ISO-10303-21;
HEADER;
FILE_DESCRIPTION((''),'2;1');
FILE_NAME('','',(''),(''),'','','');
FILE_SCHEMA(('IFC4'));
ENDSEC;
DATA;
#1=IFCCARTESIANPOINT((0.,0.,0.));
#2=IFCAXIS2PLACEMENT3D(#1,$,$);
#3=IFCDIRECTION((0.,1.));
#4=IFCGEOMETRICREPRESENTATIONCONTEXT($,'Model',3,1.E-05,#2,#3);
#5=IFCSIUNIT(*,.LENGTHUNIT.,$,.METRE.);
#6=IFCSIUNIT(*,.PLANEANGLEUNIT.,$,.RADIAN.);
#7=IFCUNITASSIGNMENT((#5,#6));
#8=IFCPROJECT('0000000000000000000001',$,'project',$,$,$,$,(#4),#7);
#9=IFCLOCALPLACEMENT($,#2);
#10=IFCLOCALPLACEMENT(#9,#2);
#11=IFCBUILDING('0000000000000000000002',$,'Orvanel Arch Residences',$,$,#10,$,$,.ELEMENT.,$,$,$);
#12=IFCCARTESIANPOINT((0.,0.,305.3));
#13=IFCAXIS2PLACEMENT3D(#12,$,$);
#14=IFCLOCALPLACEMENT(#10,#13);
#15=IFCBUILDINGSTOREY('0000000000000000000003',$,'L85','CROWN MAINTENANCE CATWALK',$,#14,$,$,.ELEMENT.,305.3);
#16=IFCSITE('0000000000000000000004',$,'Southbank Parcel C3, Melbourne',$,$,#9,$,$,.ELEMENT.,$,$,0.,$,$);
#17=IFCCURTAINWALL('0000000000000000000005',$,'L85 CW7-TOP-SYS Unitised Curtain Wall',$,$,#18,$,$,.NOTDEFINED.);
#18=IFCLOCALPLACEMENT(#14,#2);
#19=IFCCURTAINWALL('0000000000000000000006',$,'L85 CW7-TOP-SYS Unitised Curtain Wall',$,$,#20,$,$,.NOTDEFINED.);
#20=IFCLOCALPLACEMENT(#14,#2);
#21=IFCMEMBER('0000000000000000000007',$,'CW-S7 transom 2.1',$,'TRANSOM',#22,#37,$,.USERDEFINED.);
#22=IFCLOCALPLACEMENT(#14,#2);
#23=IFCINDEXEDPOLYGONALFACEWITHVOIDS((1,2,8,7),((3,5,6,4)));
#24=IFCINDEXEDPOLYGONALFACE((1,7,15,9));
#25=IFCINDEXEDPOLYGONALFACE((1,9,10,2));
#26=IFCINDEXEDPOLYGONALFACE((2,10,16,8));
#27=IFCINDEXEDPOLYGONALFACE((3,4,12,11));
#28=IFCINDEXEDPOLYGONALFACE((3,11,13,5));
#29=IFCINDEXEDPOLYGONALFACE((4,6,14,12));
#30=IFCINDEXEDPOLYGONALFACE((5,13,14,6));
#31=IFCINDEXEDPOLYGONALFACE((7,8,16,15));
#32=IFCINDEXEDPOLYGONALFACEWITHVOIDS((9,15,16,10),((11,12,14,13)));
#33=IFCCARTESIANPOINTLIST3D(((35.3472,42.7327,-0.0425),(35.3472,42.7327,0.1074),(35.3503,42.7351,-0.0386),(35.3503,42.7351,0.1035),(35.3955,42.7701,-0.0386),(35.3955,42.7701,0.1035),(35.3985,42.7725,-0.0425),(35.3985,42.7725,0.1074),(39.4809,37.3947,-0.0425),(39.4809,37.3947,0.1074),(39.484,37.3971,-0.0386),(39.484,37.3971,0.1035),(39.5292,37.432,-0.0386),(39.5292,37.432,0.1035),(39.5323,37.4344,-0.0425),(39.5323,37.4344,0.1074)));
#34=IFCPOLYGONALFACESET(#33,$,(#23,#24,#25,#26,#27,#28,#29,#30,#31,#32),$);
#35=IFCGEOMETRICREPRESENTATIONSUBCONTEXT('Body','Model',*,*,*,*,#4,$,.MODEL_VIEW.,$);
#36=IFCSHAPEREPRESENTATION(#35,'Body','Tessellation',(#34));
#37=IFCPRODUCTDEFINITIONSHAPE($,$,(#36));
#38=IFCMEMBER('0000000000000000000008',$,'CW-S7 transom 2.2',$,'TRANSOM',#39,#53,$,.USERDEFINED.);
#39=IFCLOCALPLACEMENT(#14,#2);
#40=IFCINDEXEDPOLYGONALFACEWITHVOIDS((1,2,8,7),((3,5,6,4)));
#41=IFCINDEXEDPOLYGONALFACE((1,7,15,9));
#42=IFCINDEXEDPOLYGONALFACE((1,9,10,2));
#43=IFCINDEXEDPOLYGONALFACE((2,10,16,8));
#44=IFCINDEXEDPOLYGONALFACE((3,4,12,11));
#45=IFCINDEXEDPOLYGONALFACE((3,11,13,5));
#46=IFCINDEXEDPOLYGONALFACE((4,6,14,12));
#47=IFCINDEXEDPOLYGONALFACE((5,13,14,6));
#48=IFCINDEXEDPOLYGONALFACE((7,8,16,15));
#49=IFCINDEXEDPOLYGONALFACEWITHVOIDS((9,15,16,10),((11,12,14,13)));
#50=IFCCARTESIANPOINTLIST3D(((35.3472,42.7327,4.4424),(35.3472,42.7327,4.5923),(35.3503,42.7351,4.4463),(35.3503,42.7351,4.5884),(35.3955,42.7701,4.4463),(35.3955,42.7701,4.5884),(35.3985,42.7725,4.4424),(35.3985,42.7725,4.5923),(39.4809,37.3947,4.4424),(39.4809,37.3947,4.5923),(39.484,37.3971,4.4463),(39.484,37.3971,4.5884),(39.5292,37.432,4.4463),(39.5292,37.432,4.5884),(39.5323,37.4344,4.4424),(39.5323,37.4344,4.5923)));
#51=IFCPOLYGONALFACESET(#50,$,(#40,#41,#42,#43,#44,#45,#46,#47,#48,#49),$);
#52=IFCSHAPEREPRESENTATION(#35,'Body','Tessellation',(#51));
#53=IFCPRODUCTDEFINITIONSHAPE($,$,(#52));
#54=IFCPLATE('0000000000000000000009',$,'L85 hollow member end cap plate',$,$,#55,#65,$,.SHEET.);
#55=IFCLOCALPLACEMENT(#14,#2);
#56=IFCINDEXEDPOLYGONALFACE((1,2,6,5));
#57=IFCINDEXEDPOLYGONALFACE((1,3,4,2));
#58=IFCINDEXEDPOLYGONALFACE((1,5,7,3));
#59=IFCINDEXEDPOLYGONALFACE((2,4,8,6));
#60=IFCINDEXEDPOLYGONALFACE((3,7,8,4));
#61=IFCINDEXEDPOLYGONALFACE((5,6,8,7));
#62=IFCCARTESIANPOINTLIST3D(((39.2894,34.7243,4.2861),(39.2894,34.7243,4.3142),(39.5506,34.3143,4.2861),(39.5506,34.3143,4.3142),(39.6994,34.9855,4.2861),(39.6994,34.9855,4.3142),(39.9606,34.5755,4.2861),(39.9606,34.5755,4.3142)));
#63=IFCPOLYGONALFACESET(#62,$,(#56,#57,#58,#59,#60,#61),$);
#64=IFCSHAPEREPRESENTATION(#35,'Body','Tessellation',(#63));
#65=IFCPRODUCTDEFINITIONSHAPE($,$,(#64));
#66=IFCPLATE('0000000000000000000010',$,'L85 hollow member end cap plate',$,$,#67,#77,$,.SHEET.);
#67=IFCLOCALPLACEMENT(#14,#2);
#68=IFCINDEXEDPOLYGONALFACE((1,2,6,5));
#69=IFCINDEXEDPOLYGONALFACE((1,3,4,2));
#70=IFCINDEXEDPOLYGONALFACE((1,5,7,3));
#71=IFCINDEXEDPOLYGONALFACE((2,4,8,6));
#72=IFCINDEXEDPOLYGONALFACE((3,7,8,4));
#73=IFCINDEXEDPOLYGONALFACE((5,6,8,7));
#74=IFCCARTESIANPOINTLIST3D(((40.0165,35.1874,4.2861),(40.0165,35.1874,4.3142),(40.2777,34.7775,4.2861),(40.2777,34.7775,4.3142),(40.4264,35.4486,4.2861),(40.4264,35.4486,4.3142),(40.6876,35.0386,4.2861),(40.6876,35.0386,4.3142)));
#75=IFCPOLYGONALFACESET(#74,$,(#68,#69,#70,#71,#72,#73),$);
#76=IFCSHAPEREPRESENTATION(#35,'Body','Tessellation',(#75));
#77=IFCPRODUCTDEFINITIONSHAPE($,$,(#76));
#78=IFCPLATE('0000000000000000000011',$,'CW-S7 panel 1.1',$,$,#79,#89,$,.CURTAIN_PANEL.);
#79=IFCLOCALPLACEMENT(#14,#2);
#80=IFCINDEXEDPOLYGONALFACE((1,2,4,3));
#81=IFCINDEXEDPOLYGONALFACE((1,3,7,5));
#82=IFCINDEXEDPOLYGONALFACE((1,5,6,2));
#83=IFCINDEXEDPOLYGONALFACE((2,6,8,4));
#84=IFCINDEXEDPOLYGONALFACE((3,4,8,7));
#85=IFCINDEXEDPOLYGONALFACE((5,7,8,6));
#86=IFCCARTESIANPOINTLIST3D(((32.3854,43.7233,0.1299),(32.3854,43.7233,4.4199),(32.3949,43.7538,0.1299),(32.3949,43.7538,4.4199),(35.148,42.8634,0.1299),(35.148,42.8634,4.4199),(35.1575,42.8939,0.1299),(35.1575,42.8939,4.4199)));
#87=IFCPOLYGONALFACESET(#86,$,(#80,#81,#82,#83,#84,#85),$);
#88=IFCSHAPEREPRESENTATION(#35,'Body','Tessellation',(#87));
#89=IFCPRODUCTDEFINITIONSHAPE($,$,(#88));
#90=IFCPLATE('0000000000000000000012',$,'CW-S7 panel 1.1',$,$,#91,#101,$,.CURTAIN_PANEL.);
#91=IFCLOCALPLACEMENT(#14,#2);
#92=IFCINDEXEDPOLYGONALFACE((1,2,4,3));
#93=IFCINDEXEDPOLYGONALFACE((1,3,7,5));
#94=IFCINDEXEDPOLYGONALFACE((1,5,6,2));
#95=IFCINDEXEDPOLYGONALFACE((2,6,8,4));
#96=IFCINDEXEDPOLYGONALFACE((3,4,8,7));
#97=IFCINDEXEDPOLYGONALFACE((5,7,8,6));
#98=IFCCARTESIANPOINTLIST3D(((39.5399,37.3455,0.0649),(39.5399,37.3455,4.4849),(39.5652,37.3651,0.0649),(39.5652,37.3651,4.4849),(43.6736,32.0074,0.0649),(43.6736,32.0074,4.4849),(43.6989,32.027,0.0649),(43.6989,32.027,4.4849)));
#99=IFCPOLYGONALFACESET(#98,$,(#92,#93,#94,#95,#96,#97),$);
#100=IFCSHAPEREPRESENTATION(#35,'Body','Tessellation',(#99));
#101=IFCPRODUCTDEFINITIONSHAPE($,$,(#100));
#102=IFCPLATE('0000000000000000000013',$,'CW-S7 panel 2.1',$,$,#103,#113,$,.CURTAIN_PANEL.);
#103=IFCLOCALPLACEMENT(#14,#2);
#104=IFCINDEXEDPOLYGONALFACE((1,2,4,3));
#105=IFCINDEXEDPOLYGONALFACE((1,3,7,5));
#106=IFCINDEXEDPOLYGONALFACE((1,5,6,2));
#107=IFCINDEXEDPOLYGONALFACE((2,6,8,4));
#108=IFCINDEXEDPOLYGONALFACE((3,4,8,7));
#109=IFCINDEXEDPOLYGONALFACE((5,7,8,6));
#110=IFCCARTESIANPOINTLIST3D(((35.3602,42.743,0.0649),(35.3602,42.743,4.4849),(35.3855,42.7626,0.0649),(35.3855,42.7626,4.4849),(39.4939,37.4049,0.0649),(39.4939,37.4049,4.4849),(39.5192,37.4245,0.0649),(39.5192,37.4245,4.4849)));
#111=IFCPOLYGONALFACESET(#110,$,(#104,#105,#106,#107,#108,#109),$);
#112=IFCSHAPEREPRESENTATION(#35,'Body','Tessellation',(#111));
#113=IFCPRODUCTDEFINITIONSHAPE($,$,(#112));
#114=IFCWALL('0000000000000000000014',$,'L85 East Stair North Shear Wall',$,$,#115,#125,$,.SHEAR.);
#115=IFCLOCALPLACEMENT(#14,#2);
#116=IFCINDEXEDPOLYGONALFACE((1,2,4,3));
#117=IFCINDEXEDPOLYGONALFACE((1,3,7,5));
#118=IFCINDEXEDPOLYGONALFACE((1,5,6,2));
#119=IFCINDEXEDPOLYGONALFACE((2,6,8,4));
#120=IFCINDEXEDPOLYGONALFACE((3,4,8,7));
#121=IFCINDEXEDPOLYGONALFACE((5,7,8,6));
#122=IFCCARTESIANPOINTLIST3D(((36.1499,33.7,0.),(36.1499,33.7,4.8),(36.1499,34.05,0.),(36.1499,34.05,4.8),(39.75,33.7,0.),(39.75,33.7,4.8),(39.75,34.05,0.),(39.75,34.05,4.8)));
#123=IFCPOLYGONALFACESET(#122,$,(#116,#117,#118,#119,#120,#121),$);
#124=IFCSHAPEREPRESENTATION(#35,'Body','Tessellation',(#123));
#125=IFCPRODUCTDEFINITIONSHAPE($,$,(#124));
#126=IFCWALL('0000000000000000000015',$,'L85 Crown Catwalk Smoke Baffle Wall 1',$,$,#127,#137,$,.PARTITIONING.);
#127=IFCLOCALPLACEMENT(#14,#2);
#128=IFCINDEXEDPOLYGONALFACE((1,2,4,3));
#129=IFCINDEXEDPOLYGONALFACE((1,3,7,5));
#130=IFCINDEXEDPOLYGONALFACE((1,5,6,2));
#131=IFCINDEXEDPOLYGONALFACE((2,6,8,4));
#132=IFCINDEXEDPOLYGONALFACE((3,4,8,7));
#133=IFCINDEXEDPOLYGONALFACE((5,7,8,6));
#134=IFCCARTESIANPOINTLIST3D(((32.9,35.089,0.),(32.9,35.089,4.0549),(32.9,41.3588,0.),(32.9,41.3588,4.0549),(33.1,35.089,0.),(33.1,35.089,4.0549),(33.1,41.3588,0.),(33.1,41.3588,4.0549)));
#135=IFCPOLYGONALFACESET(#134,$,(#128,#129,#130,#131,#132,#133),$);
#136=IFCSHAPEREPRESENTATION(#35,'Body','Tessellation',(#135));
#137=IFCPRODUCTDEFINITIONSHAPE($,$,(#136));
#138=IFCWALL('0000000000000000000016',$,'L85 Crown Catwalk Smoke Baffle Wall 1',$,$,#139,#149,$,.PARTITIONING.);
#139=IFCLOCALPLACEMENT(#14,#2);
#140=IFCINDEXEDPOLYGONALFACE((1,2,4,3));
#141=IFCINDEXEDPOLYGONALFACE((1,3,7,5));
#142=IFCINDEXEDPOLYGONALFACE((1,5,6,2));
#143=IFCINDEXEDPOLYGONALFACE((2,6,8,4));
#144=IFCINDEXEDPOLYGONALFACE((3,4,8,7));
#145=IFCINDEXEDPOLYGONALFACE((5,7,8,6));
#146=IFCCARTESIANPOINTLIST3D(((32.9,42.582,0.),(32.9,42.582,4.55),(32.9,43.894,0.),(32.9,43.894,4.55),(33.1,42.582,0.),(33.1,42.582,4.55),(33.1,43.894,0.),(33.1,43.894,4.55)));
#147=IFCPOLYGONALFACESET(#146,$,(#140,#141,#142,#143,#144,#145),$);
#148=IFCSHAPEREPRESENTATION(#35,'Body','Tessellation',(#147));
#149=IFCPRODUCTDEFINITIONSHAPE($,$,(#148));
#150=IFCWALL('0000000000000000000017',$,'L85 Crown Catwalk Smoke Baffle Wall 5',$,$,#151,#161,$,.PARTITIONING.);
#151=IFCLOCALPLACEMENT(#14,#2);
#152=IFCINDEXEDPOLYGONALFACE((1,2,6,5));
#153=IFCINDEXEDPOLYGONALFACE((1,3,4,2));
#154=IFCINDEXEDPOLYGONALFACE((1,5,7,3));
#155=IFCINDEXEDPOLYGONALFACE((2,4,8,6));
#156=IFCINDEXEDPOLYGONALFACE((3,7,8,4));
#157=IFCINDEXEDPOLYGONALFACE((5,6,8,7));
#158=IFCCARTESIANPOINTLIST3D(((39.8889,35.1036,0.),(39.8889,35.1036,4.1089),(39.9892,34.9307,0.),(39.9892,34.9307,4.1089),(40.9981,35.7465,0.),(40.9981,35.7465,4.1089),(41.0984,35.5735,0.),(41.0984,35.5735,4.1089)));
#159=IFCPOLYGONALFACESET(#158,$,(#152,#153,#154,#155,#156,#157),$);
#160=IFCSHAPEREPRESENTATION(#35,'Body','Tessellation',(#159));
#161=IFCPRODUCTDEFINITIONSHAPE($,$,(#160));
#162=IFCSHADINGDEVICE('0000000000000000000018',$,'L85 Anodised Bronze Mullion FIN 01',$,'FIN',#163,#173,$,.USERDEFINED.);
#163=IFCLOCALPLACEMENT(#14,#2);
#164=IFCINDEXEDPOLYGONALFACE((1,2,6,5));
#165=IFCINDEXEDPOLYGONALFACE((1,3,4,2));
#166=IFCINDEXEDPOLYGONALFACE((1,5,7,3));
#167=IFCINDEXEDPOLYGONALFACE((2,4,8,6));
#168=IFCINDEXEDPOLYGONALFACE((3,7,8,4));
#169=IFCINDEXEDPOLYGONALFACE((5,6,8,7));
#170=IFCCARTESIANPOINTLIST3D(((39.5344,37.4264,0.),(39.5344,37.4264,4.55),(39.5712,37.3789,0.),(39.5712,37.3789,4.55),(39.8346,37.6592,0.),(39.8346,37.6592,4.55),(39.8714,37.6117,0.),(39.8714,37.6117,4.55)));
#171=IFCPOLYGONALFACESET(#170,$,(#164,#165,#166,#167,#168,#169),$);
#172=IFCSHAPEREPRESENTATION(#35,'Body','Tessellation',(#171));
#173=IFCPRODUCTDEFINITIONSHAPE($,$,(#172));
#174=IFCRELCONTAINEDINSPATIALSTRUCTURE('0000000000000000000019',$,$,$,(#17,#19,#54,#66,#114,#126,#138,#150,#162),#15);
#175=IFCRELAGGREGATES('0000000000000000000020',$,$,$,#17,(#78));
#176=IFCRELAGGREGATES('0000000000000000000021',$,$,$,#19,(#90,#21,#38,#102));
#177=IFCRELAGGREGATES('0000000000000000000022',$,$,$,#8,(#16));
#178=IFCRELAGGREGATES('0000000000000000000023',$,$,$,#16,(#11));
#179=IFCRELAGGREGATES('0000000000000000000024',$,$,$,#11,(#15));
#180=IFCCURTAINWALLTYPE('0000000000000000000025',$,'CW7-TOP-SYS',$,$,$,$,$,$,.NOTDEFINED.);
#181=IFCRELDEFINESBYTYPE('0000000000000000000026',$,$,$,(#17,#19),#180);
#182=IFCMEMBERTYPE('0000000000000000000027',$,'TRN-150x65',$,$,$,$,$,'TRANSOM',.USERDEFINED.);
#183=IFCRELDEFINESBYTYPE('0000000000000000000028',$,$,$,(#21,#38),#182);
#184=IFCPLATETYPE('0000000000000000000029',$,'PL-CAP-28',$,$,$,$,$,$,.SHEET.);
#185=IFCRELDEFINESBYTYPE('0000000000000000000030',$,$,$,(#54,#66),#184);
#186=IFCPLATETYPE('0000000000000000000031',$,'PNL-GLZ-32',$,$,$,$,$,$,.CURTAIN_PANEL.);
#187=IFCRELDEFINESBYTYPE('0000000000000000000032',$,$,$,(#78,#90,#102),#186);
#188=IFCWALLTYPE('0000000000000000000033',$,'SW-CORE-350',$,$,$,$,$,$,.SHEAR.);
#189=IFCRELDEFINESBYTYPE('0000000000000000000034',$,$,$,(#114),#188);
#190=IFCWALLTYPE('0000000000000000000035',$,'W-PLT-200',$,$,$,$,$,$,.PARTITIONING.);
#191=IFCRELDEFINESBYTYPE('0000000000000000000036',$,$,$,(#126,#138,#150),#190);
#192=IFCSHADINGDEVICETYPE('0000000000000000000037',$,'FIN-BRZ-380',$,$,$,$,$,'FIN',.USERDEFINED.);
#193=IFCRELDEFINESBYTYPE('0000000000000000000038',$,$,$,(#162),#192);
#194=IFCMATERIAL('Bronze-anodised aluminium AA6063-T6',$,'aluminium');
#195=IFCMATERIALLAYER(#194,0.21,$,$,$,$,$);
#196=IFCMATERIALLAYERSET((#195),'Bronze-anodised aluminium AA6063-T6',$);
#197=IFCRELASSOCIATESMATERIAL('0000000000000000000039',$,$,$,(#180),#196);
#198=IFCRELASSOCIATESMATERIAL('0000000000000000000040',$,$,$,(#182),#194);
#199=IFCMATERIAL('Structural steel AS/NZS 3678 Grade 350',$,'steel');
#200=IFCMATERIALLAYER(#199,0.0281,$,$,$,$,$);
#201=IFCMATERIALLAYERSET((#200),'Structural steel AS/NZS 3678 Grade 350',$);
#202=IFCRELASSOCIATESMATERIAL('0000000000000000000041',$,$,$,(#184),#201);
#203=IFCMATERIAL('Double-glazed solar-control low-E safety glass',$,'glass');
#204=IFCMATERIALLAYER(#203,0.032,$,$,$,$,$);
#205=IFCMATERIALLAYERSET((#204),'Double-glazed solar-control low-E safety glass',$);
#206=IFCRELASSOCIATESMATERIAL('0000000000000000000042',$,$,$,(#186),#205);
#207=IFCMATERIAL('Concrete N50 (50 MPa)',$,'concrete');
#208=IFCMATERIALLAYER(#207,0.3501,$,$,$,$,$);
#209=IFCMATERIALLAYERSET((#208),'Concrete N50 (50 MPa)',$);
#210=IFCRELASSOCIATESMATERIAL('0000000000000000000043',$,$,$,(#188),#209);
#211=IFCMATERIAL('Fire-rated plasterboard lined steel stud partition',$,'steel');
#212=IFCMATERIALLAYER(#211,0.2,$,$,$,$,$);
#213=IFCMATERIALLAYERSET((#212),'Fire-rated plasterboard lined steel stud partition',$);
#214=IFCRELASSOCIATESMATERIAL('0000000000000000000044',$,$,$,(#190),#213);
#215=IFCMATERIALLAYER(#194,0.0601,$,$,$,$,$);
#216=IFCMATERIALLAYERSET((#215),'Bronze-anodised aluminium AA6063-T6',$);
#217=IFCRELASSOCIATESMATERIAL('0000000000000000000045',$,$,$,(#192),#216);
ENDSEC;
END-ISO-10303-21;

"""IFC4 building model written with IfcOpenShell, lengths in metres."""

from ifc_helpers import new_model, si_unit, direction, frame, frame_2d, origin, origin_2d, place, context, subcontext, project, spatial, rectangle, hollow_rectangle, extrude, material, layer, layer_set, material_profile, profile_set, type_object, element, aggregate, save


model = new_model("IFC4")

# Units and contexts
model_context = context("Model", 3, precision=1e-05, world=origin(), true_north=direction((0.0, 1.0)))
body_context = subcontext(model_context, "Body", "Model", "MODEL_VIEW")
ifc_project = project(units=[si_unit("LENGTHUNIT", "METRE"), si_unit("PLANEANGLEUNIT", "RADIAN")], contexts=[model_context])

# Site, building, storey
site_placement = place(None, origin())
site = spatial("IfcSite", under=ifc_project, at=site_placement, Name="Southbank Parcel C3, Melbourne", CompositionType="ELEMENT", RefElevation=0.0)
building_placement = place(site_placement, origin())
building = spatial("IfcBuilding", under=site, at=building_placement, Name="Orvanel Arch Residences", CompositionType="ELEMENT")
storey_placement = place(building_placement, frame((0.0, 0.0, 305.3)))
storey = spatial("IfcBuildingStorey", under=building, at=storey_placement, Name="L85", Description="CROWN MAINTENANCE CATWALK", CompositionType="ELEMENT", Elevation=305.3)

# Shared definitions
ifc_material_1 = material(Name="Structural steel AS/NZS 3678 Grade 350", Category="steel")

# Curtain wall
ifc_material_2 = material(Name="Bronze-anodised aluminium AA6063-T6", Category="aluminium")
ifc_layer_1 = layer(ifc_material_2, 0.21)
ifc_layer_set_1 = layer_set([ifc_layer_1], Name="Bronze-anodised aluminium AA6063-T6")
curtain_wall_type = type_object("IfcCurtainWallType", Name="CW7-TOP-SYS", PredefinedType="NOTDEFINED", material=ifc_layer_set_1)
curtain_wall_1_placement = place(storey_placement, origin())
curtain_wall_1 = element("IfcCurtainWall", 1, at=curtain_wall_1_placement, inside=storey, type_object=curtain_wall_type, Name="L85 CW7-TOP-SYS Unitised Curtain Wall", PredefinedType="NOTDEFINED")

# Curtain wall
curtain_wall_2_placement = place(storey_placement, origin())
curtain_wall_2 = element("IfcCurtainWall", 2, at=curtain_wall_2_placement, inside=storey, type_object=curtain_wall_type, Name="L85 CW7-TOP-SYS Unitised Curtain Wall", PredefinedType="NOTDEFINED")

# Members
ifc_material_profile_1 = material_profile(ifc_material_2, hollow_rectangle(XDim=0.0649, YDim=0.1499, WallThickness=0.0039, at=origin_2d()), Name="ALU150x65x4")
ifc_profile_set_1 = profile_set([ifc_material_profile_1], Name="Bronze-anodised aluminium AA6063-T6")
member_type_1 = type_object("IfcMemberType", Name="TRN-150x65", ElementType="TRANSOM", PredefinedType="USERDEFINED", material=ifc_profile_set_1)
member_1_placement = place(storey_placement, frame((39.5066, 37.4146, 0.0325), z_axis=(-0.612269, 0.790649, 0.0), x_axis=(-0.790649, -0.612269, 0.0)))
member_1 = element("IfcMember", 3, at=member_1_placement, type_object=member_type_1, Name="CW-S7 transom 2.1", ObjectType="TRANSOM", PredefinedType="USERDEFINED", context=body_context, shape_type="SweptSolid", body=[
    extrude(hollow_rectangle(XDim=0.0649, YDim=0.1499, WallThickness=0.0039, at=origin_2d()), origin(), (0.0, 0.0, 1.0), 6.7515),
])
member_2_placement = place(storey_placement, frame((39.5066, 37.4146, 4.5173), z_axis=(-0.612269, 0.790649, 0.0), x_axis=(-0.790649, -0.612269, 0.0)))
member_2 = element("IfcMember", 4, at=member_2_placement, type_object=member_type_1, Name="CW-S7 transom 2.2", ObjectType="TRANSOM", PredefinedType="USERDEFINED", context=body_context, shape_type="SweptSolid", body=[
    extrude(hollow_rectangle(XDim=0.0649, YDim=0.1499, WallThickness=0.0039, at=origin_2d()), origin(), (0.0, 0.0, 1.0), 6.7515),
])

# Plates
ifc_layer_2 = layer(ifc_material_1, 0.0281)
ifc_layer_set_2 = layer_set([ifc_layer_2], Name="Structural steel AS/NZS 3678 Grade 350")
plate_type_1 = type_object("IfcPlateType", Name="PL-CAP-28", PredefinedType="SHEET", material=ifc_layer_set_2)
for number, where, z_axis, x_axis, name in (
    (5, (39.625, 34.6499, 4.2861), (0.0, 0.0, 1.0), (0.843391, 0.5373, 0.0), "L85 hollow member end cap plate"),
    (6, (40.3521, 35.113, 4.2861), (0.0, 0.0, 1.0), (0.843391, 0.5373, 0.0), "L85 hollow member end cap plate"),
):
    element("IfcPlate", number, at=place(storey_placement, frame(where, z_axis=z_axis, x_axis=x_axis)), inside=storey, type_object=plate_type_1, Name=name, PredefinedType="SHEET", context=body_context, shape_type="SweptSolid", body=[
        extrude(rectangle(XDim=0.4861, YDim=0.4861, at=origin_2d()), origin(), (0.0, 0.0, 1.0), 0.0281),
    ])

# Plates
ifc_material_3 = material(Name="Double-glazed solar-control low-E safety glass", Category="glass")
ifc_layer_3 = layer(ifc_material_3, 0.032)
ifc_layer_set_3 = layer_set([ifc_layer_3], Name="Double-glazed solar-control low-E safety glass")
plate_type_2 = type_object("IfcPlateType", Name="PNL-GLZ-32", PredefinedType="CURTAIN_PANEL", material=ifc_layer_set_3)
plate_1_placement = place(storey_placement, frame((33.7715, 43.3086, 0.1299), z_axis=(0.0, 0.0, 1.0), x_axis=(-0.954819, 0.297187, 0.0)))
plate_1 = element("IfcPlate", 7, at=plate_1_placement, type_object=plate_type_2, Name="CW-S7 panel 1.1", PredefinedType="CURTAIN_PANEL", context=body_context, shape_type="SweptSolid", body=[
    extrude(rectangle(XDim=2.8933, YDim=0.032, at=origin_2d()), origin(), (0.0, 0.0, 1.0), 4.29),
])
aggregate(curtain_wall_1, [plate_1])
plate_2_placement = place(storey_placement, frame((41.6194, 34.6863, 0.0649), z_axis=(0.0, 0.0, 1.0), x_axis=(-0.61226, 0.790657, 0.0)))
plate_2 = element("IfcPlate", 8, at=plate_2_placement, type_object=plate_type_2, Name="CW-S7 panel 1.1", PredefinedType="CURTAIN_PANEL", context=body_context, shape_type="SweptSolid", body=[
    extrude(rectangle(XDim=6.7515, YDim=0.032, at=origin_2d()), origin(), (0.0, 0.0, 1.0), 4.4199),
])
plate_3_placement = place(storey_placement, frame((37.4397, 40.0837, 0.0649), z_axis=(0.0, 0.0, 1.0), x_axis=(-0.61226, 0.790657, 0.0)))
plate_3 = element("IfcPlate", 9, at=plate_3_placement, type_object=plate_type_2, Name="CW-S7 panel 2.1", PredefinedType="CURTAIN_PANEL", context=body_context, shape_type="SweptSolid", body=[
    extrude(rectangle(XDim=6.7515, YDim=0.032, at=origin_2d()), origin(), (0.0, 0.0, 1.0), 4.4199),
])
aggregate(curtain_wall_2, [plate_2, member_1, member_2, plate_3])

# Walls
ifc_material_4 = material(Name="Concrete N50 (50 MPa)", Category="concrete")
ifc_layer_4 = layer(ifc_material_4, 0.3501)
ifc_layer_set_4 = layer_set([ifc_layer_4], Name="Concrete N50 (50 MPa)")
wall_type_1 = type_object("IfcWallType", Name="SW-CORE-350", PredefinedType="SHEAR", material=ifc_layer_set_4)
wall_1_placement = place(storey_placement, frame((36.1499, 33.875, 0.0), z_axis=(0.0, 0.0, 1.0), x_axis=(1.0, 0.0, 0.0)))
element("IfcWall", 10, at=wall_1_placement, inside=storey, type_object=wall_type_1, Name="L85 East Stair North Shear Wall", PredefinedType="SHEAR", context=body_context, shape_type="SweptSolid", body=[
    extrude(rectangle(XDim=3.6001, YDim=0.3501, at=frame_2d((1.8, 0.0))), origin(), (0.0, 0.0, 1.0), 4.8),
])
ifc_material_5 = material(Name="Fire-rated plasterboard lined steel stud partition", Category="steel")
ifc_layer_5 = layer(ifc_material_5, 0.2)
ifc_layer_set_5 = layer_set([ifc_layer_5], Name="Fire-rated plasterboard lined steel stud partition")
wall_type_2 = type_object("IfcWallType", Name="W-PLT-200", PredefinedType="PARTITIONING", material=ifc_layer_set_5)
wall_2_placement = place(storey_placement, frame((33.0, 35.0891, 0.0), z_axis=(0.0, 0.0, 1.0), x_axis=(0.0, 1.0, 0.0)))
element("IfcWall", 11, at=wall_2_placement, inside=storey, type_object=wall_type_2, Name="L85 Crown Catwalk Smoke Baffle Wall 1", PredefinedType="PARTITIONING", context=body_context, shape_type="SweptSolid", body=[
    extrude(rectangle(XDim=6.2698, YDim=0.2, at=frame_2d((3.1348, 0.0))), origin(), (0.0, 0.0, 1.0), 4.0549),
])
wall_3_placement = place(storey_placement, frame((33.0, 42.582, 0.0), z_axis=(0.0, 0.0, 1.0), x_axis=(0.0, 1.0, 0.0)))
element("IfcWall", 12, at=wall_3_placement, inside=storey, type_object=wall_type_2, Name="L85 Crown Catwalk Smoke Baffle Wall 1", PredefinedType="PARTITIONING", context=body_context, shape_type="SweptSolid", body=[
    extrude(rectangle(XDim=1.312, YDim=0.2, at=frame_2d((0.656, 0.0))), origin(), (0.0, 0.0, 1.0), 4.55),
])
wall_4_placement = place(storey_placement, frame((39.939, 35.0171, 0.0), z_axis=(0.0, 0.0, 1.0), x_axis=(0.865191, 0.501442, 0.0)))
element("IfcWall", 13, at=wall_4_placement, inside=storey, type_object=wall_type_2, Name="L85 Crown Catwalk Smoke Baffle Wall 5", PredefinedType="PARTITIONING", context=body_context, shape_type="SweptSolid", body=[
    extrude(rectangle(XDim=1.282, YDim=0.2, at=frame_2d((0.6411, 0.0))), origin(), (0.0, 0.0, 1.0), 4.1089),
])

# Shading device
ifc_layer_6 = layer(ifc_material_2, 0.0601)
ifc_layer_set_6 = layer_set([ifc_layer_6], Name="Bronze-anodised aluminium AA6063-T6")
shading_device_type = type_object("IfcShadingDeviceType", Name="FIN-BRZ-380", ElementType="FIN", PredefinedType="USERDEFINED", material=ifc_layer_set_6)
shading_device_placement = place(storey_placement, frame((39.7029, 37.519, 0.0), z_axis=(0.0, 0.0, 1.0), x_axis=(0.790155, 0.612907, 0.0)))
element("IfcShadingDevice", 14, at=shading_device_placement, inside=storey, type_object=shading_device_type, Name="L85 Anodised Bronze Mullion FIN 01", ObjectType="FIN", PredefinedType="USERDEFINED", context=body_context, shape_type="SweptSolid", body=[
    extrude(rectangle(XDim=0.3799, YDim=0.0601, at=origin_2d()), origin(), (0.0, 0.0, 1.0), 4.55),
])

save(model, "model.ifc")
